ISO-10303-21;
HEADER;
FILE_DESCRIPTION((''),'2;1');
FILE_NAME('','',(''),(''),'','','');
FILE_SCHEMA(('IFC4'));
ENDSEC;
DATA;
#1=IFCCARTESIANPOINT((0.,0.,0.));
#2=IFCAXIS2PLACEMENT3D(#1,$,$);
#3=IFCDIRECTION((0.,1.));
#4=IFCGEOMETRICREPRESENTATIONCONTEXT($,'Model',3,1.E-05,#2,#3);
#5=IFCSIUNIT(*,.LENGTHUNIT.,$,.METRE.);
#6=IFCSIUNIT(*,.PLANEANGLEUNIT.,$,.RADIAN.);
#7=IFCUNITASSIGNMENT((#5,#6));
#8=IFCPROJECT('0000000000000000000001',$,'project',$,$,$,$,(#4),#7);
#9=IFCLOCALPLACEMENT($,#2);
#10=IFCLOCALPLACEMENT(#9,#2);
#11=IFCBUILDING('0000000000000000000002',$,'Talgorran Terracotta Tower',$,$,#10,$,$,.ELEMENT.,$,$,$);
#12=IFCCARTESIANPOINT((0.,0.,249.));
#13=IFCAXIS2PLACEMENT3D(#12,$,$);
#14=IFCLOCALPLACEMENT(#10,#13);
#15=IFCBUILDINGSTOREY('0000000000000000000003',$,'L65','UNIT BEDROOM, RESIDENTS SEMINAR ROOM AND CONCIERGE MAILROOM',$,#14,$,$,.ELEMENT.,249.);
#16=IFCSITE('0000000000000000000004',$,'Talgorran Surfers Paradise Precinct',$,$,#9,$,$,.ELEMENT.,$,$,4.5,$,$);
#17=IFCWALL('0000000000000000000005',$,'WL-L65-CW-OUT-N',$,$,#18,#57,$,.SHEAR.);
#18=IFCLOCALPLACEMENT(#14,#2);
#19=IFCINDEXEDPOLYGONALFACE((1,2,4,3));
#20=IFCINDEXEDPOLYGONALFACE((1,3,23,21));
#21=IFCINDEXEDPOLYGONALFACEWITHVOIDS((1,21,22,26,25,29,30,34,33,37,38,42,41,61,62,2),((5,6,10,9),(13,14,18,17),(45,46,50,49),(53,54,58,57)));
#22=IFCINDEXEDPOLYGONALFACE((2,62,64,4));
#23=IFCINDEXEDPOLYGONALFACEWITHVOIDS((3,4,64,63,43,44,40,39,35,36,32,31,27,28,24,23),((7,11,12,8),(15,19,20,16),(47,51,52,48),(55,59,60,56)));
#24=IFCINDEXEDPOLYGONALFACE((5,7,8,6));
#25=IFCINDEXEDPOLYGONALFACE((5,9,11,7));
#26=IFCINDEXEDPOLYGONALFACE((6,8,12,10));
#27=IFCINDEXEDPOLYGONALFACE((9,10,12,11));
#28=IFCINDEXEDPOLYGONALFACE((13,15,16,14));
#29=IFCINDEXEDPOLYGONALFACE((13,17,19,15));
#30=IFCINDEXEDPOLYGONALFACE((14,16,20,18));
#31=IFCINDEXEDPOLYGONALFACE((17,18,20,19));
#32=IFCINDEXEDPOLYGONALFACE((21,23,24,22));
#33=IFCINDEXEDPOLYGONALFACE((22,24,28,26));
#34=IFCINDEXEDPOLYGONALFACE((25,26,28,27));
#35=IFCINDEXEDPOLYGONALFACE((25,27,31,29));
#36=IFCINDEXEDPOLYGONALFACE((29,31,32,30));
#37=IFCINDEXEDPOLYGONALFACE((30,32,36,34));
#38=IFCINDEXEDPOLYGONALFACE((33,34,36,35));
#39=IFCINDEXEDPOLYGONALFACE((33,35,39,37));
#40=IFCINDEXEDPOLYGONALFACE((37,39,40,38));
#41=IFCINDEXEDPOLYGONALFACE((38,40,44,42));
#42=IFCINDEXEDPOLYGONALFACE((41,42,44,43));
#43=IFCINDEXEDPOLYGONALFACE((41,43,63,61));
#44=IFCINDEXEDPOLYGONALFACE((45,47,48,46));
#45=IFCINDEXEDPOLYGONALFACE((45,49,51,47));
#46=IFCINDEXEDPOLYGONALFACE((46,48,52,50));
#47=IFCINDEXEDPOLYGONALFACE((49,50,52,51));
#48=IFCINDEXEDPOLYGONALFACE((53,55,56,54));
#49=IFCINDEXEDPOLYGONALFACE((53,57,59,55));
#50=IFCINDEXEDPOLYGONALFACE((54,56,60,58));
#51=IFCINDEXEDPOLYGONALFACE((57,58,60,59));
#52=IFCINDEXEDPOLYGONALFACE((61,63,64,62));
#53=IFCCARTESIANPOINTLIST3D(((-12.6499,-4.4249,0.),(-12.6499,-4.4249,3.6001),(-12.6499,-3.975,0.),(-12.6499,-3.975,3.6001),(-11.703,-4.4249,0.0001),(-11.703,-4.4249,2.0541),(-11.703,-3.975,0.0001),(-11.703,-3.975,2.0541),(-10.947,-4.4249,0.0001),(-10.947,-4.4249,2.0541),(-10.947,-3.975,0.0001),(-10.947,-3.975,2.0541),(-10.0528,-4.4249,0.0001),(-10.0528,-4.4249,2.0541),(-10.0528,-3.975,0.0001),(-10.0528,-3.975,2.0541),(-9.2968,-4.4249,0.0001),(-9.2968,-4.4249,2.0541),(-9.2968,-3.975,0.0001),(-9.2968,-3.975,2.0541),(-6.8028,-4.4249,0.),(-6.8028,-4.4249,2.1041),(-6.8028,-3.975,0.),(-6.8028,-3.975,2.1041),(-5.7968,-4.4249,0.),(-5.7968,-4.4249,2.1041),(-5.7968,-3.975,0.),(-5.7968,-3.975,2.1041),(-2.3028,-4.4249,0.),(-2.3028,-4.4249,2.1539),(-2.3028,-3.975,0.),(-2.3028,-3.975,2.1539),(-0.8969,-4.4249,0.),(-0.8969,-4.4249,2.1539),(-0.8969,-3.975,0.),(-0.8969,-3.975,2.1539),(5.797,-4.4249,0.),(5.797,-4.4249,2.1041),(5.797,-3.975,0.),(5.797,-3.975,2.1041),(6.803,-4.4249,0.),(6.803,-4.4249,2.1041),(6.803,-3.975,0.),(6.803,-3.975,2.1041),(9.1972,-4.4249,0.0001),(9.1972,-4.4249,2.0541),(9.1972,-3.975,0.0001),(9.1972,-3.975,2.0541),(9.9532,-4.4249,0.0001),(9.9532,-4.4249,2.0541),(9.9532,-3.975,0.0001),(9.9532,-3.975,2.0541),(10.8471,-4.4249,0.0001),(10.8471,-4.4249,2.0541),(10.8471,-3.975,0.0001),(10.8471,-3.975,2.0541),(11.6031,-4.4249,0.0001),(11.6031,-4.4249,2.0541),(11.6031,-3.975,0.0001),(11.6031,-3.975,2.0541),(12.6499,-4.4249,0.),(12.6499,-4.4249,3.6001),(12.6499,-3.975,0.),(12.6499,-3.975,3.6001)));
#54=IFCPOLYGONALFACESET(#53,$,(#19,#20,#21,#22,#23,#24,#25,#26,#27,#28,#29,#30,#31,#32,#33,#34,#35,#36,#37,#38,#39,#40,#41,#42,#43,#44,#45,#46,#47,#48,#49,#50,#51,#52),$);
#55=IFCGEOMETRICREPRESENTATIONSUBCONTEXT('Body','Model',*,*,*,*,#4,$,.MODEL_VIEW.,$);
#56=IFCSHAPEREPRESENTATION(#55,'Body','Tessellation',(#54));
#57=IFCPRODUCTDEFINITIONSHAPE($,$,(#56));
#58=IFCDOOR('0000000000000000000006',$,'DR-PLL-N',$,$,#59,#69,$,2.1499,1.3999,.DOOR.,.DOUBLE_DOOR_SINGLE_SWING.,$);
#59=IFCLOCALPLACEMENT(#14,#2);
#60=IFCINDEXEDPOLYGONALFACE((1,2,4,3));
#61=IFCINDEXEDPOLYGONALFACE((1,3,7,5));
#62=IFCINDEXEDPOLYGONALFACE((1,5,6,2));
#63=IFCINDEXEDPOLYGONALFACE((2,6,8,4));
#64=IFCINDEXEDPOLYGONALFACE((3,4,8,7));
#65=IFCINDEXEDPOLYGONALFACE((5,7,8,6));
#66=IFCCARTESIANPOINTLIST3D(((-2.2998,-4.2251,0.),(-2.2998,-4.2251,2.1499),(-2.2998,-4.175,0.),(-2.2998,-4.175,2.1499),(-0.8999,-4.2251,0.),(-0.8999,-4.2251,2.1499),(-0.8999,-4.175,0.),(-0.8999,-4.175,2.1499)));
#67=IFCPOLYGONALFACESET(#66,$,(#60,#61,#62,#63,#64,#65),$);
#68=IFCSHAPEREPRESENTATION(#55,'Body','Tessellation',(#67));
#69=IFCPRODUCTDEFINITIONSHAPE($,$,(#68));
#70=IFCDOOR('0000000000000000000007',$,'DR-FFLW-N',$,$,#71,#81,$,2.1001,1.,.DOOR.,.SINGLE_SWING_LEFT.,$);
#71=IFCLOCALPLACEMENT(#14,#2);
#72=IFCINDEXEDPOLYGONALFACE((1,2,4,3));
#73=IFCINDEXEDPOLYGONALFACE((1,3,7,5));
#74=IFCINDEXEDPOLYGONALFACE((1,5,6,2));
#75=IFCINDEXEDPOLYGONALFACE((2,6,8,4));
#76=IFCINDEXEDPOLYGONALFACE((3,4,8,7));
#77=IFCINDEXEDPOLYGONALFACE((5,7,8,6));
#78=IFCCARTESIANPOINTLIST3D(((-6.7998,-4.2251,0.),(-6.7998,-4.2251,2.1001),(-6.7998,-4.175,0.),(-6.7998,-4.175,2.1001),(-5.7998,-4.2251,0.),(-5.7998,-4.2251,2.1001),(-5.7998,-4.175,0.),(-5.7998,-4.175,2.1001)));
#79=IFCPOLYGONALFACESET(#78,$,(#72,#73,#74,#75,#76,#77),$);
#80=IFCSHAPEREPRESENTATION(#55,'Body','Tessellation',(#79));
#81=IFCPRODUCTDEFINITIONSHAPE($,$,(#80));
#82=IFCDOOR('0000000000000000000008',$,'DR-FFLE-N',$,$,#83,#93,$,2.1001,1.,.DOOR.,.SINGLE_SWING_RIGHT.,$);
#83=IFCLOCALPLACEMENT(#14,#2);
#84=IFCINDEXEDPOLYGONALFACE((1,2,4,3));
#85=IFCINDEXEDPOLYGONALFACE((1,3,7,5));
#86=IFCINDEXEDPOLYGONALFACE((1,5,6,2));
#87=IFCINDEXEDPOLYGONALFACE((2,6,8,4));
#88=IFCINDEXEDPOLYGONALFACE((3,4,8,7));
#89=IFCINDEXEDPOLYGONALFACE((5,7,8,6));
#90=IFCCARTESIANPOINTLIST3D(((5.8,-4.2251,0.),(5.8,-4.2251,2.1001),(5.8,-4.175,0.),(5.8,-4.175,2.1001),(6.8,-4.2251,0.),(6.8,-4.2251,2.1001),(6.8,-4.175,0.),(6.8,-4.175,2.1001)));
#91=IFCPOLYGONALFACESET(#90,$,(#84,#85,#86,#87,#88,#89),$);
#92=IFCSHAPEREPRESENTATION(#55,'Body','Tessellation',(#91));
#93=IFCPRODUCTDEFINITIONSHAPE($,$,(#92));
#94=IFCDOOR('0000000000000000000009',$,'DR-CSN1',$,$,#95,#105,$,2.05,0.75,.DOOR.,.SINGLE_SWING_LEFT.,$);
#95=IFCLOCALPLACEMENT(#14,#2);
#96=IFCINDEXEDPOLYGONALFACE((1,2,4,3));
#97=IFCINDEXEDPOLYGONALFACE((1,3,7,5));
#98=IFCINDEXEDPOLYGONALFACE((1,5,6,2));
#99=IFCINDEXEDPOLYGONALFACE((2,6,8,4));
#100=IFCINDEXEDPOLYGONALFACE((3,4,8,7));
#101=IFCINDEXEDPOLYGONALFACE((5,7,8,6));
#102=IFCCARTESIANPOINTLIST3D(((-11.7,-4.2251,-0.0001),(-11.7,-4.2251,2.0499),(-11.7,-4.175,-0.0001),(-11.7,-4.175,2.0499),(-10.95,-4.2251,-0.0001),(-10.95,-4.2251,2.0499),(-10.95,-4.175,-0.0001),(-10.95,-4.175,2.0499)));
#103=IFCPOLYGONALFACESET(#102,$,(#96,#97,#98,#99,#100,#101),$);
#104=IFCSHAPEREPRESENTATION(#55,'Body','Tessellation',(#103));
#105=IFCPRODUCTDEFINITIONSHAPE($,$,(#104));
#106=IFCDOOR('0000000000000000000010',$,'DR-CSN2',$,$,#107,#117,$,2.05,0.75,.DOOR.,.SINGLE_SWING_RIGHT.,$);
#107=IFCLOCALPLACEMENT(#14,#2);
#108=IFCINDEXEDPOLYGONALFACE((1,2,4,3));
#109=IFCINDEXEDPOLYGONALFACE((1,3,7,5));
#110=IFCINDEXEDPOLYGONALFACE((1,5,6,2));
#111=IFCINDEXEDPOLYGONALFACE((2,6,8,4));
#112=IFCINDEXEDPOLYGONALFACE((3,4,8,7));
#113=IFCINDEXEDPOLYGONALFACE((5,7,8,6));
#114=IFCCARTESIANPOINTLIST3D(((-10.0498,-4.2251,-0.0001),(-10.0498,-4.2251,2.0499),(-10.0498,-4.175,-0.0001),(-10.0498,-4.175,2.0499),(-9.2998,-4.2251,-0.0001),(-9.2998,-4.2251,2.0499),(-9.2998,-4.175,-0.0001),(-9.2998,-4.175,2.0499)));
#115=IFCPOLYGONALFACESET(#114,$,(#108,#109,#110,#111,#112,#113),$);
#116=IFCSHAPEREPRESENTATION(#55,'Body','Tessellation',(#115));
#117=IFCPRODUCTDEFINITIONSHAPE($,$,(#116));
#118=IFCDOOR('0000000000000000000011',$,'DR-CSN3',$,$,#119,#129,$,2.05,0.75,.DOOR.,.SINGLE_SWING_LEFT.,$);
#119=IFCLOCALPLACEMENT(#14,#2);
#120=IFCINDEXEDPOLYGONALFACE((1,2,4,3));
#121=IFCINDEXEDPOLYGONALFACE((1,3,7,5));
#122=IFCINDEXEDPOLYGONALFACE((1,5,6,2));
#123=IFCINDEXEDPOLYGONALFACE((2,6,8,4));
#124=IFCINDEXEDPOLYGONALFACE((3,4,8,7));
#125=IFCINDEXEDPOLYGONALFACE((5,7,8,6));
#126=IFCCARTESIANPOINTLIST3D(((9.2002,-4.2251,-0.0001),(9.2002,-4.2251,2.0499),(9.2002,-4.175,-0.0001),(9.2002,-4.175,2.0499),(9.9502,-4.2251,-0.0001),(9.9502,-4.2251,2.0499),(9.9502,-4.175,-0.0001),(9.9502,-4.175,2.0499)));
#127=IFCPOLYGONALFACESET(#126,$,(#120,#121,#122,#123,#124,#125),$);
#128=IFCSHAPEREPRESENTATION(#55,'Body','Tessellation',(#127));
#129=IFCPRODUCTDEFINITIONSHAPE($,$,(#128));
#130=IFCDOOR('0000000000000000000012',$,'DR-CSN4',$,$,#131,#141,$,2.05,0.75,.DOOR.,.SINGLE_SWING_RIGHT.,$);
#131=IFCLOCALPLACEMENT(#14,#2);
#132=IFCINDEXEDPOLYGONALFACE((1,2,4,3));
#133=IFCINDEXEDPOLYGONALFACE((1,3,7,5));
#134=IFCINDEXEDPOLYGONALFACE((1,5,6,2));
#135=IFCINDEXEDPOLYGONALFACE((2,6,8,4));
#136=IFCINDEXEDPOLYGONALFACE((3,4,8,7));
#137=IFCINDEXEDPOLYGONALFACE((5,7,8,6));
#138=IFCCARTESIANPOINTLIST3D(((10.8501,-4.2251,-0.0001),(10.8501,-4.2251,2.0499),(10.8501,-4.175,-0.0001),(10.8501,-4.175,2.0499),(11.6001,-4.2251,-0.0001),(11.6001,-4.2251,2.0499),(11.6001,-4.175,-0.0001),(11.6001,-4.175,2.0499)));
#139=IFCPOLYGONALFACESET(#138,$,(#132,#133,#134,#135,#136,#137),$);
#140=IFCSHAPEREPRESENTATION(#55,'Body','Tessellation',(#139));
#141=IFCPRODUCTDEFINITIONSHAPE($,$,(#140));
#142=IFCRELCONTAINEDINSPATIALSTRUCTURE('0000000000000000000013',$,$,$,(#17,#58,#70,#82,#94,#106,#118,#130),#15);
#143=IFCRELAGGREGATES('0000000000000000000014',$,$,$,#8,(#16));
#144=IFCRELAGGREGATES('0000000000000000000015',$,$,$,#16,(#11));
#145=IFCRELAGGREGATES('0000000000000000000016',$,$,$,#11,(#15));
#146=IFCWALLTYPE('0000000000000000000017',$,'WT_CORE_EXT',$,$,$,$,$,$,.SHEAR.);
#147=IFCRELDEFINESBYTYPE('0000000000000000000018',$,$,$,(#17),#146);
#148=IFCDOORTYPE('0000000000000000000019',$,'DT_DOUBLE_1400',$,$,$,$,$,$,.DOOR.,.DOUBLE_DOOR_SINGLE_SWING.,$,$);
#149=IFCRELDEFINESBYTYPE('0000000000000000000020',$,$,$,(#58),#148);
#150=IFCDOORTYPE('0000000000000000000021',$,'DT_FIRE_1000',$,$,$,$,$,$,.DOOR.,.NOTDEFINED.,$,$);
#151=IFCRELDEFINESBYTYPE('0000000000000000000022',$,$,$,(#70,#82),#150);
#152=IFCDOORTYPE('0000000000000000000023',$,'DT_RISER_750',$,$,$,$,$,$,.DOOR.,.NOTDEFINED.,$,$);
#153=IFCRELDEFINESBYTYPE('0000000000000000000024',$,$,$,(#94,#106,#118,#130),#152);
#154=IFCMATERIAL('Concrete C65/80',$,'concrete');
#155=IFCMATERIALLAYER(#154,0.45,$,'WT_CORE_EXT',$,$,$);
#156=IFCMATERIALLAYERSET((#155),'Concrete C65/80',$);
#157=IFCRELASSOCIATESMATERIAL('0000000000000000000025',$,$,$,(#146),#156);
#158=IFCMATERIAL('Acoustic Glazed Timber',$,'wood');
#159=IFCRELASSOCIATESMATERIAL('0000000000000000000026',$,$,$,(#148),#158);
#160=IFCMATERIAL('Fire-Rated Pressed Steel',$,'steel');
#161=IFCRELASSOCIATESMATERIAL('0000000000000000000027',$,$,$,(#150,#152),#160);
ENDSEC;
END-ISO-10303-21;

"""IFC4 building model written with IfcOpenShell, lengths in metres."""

from ifc_helpers import new_model, si_unit, direction, frame, frame_2d, origin, place, context, subcontext, project, spatial, rectangle, extrude, material, layer, layer_set, type_object, element, fill, save


model = new_model("IFC4")

# Units and contexts
model_context = context("Model", 3, precision=1e-05, world=origin(), true_north=direction((0.0, 1.0)))
body_context = subcontext(model_context, "Body", "Model", "MODEL_VIEW")
ifc_project = project(units=[si_unit("LENGTHUNIT", "METRE"), si_unit("PLANEANGLEUNIT", "RADIAN")], contexts=[model_context])

# Site, building, storey
site_placement = place(None, origin())
site = spatial("IfcSite", under=ifc_project, at=site_placement, Name="Talgorran Surfers Paradise Precinct", CompositionType="ELEMENT", RefElevation=4.5)
building_placement = place(site_placement, origin())
building = spatial("IfcBuilding", under=site, at=building_placement, Name="Talgorran Terracotta Tower", CompositionType="ELEMENT")
storey_placement = place(building_placement, frame((0.0, 0.0, 249.0)))
storey = spatial("IfcBuildingStorey", under=building, at=storey_placement, Name="L65", Description="UNIT BEDROOM, RESIDENTS SEMINAR ROOM AND CONCIERGE MAILROOM", CompositionType="ELEMENT", Elevation=249.0)

# Wall, openings, doors
ifc_material_1 = material(Name="Concrete C65/80", Category="concrete")
ifc_layer_1 = layer(ifc_material_1, 0.45, Name="WT_CORE_EXT")
ifc_layer_set_1 = layer_set([ifc_layer_1], Name="Concrete C65/80")
wall_type_1 = type_object("IfcWallType", Name="WT_CORE_EXT", PredefinedType="SHEAR", material=ifc_layer_set_1)
wall_1_placement = place(storey_placement, frame((-12.6499, -4.2, 0.0), z_axis=(0.0, 0.0, 1.0), x_axis=(1.0, 0.0, 0.0)))
wall_1 = element("IfcWall", 1, at=wall_1_placement, inside=storey, type_object=wall_type_1, Name="WL-L65-CW-OUT-N", PredefinedType="SHEAR", context=body_context, shape_type="SweptSolid", body=[
    extrude(rectangle(XDim=25.2998, YDim=0.45, at=frame_2d((12.6499, 0.0))), origin(), (0.0, 0.0, 1.0), 3.6001),
])
opening_1_placement = place(wall_1_placement, frame((0.95, 0.0, 0.0)))
opening_1 = element("IfcOpeningElement", 2, at=opening_1_placement, cuts=wall_1, PredefinedType="OPENING", context=body_context, shape_type="SweptSolid", body=[
    extrude(rectangle(XDim=0.756, YDim=2.054, at=frame_2d((0.375, 1.0271))), frame((0.0, 0.2349, 0.0), z_axis=(0.0, -1.0, 0.0), x_axis=(1.0, 0.0, 0.0)), (0.0, 0.0, 1.0), 0.47),
])
opening_2_placement = place(wall_1_placement, frame((2.6001, 0.0, 0.0)))
opening_2 = element("IfcOpeningElement", 3, at=opening_2_placement, cuts=wall_1, PredefinedType="OPENING", context=body_context, shape_type="SweptSolid", body=[
    extrude(rectangle(XDim=0.756, YDim=2.054, at=frame_2d((0.375, 1.0271))), frame((0.0, 0.2349, 0.0), z_axis=(0.0, -1.0, 0.0), x_axis=(1.0, 0.0, 0.0)), (0.0, 0.0, 1.0), 0.47),
])
opening_3_placement = place(wall_1_placement, frame((21.8501, 0.0, 0.0)))
opening_3 = element("IfcOpeningElement", 4, at=opening_3_placement, cuts=wall_1, PredefinedType="OPENING", context=body_context, shape_type="SweptSolid", body=[
    extrude(rectangle(XDim=0.756, YDim=2.054, at=frame_2d((0.375, 1.0271))), frame((0.0, 0.2349, 0.0), z_axis=(0.0, -1.0, 0.0), x_axis=(1.0, 0.0, 0.0)), (0.0, 0.0, 1.0), 0.47),
])
opening_4_placement = place(wall_1_placement, frame((23.5, 0.0, 0.0)))
opening_4 = element("IfcOpeningElement", 5, at=opening_4_placement, cuts=wall_1, PredefinedType="OPENING", context=body_context, shape_type="SweptSolid", body=[
    extrude(rectangle(XDim=0.756, YDim=2.054, at=frame_2d((0.375, 1.0271))), frame((0.0, 0.2349, 0.0), z_axis=(0.0, -1.0, 0.0), x_axis=(1.0, 0.0, 0.0)), (0.0, 0.0, 1.0), 0.47),
])
opening_5_placement = place(wall_1_placement, frame((5.8501, 0.0, 0.0)))
opening_5 = element("IfcOpeningElement", 6, at=opening_5_placement, cuts=wall_1, PredefinedType="OPENING", context=body_context, shape_type="SweptSolid", body=[
    extrude(rectangle(XDim=1.006, YDim=2.1041, at=frame_2d((0.5, 1.052))), frame((0.0, 0.2349, 0.0), z_axis=(0.0, -1.0, 0.0), x_axis=(1.0, 0.0, 0.0)), (0.0, 0.0, 1.0), 0.47),
])
opening_6_placement = place(wall_1_placement, frame((10.3501, 0.0, 0.0)))
opening_6 = element("IfcOpeningElement", 7, at=opening_6_placement, cuts=wall_1, PredefinedType="OPENING", context=body_context, shape_type="SweptSolid", body=[
    extrude(rectangle(XDim=1.4059, YDim=2.1539, at=frame_2d((0.7, 1.0769))), frame((0.0, 0.2349, 0.0), z_axis=(0.0, -1.0, 0.0), x_axis=(1.0, 0.0, 0.0)), (0.0, 0.0, 1.0), 0.47),
])
opening_7_placement = place(wall_1_placement, frame((18.45, 0.0, 0.0)))
opening_7 = element("IfcOpeningElement", 8, at=opening_7_placement, cuts=wall_1, PredefinedType="OPENING", context=body_context, shape_type="SweptSolid", body=[
    extrude(rectangle(XDim=1.006, YDim=2.1041, at=frame_2d((0.5, 1.052))), frame((0.0, 0.2349, 0.0), z_axis=(0.0, -1.0, 0.0), x_axis=(1.0, 0.0, 0.0)), (0.0, 0.0, 1.0), 0.47),
])
ifc_material_2 = material(Name="Acoustic Glazed Timber", Category="wood")
door_type_1 = type_object("IfcDoorType", Name="DT_DOUBLE_1400", OperationType="DOUBLE_DOOR_SINGLE_SWING", PredefinedType="DOOR", material=ifc_material_2)
door_1_placement = place(opening_6_placement, origin())
door_1 = element("IfcDoor", 9, at=door_1_placement, inside=storey, type_object=door_type_1, Name="DR-PLL-N", OperationType="DOUBLE_DOOR_SINGLE_SWING", OverallHeight=2.1499, OverallWidth=1.3999, PredefinedType="DOOR", context=body_context, shape_type="SweptSolid", body=[
    extrude(rectangle(XDim=1.3999, YDim=2.1499, at=frame_2d((0.7, 1.075))), frame((0.0, 0.0249, 0.0), z_axis=(0.0, -1.0, 0.0), x_axis=(1.0, 0.0, 0.0)), (0.0, 0.0, 1.0), 0.05),
])
fill(opening_6, door_1)
ifc_material_3 = material(Name="Fire-Rated Pressed Steel", Category="steel")
door_type_2 = type_object("IfcDoorType", Name="DT_FIRE_1000", OperationType="NOTDEFINED", PredefinedType="DOOR", material=ifc_material_3)
door_2_placement = place(opening_5_placement, origin())
door_2 = element("IfcDoor", 10, at=door_2_placement, inside=storey, type_object=door_type_2, Name="DR-FFLW-N", OperationType="SINGLE_SWING_LEFT", OverallHeight=2.1001, OverallWidth=1.0, PredefinedType="DOOR", context=body_context, shape_type="SweptSolid", body=[
    extrude(rectangle(XDim=1.0, YDim=2.1001, at=frame_2d((0.5, 1.05))), frame((0.0, 0.0249, 0.0), z_axis=(0.0, -1.0, 0.0), x_axis=(1.0, 0.0, 0.0)), (0.0, 0.0, 1.0), 0.05),
])
fill(opening_5, door_2)
door_3_placement = place(opening_7_placement, origin())
door_3 = element("IfcDoor", 11, at=door_3_placement, inside=storey, type_object=door_type_2, Name="DR-FFLE-N", OperationType="SINGLE_SWING_RIGHT", OverallHeight=2.1001, OverallWidth=1.0, PredefinedType="DOOR", context=body_context, shape_type="SweptSolid", body=[
    extrude(rectangle(XDim=1.0, YDim=2.1001, at=frame_2d((0.5, 1.05))), frame((0.0, 0.0249, 0.0), z_axis=(0.0, -1.0, 0.0), x_axis=(1.0, 0.0, 0.0)), (0.0, 0.0, 1.0), 0.05),
])
fill(opening_7, door_3)
door_type_3 = type_object("IfcDoorType", Name="DT_RISER_750", OperationType="NOTDEFINED", PredefinedType="DOOR", material=ifc_material_3)
door_4_placement = place(opening_1_placement, origin())
door_4 = element("IfcDoor", 12, at=door_4_placement, inside=storey, type_object=door_type_3, Name="DR-CSN1", OperationType="SINGLE_SWING_LEFT", OverallHeight=2.05, OverallWidth=0.75, PredefinedType="DOOR", context=body_context, shape_type="SweptSolid", body=[
    extrude(rectangle(XDim=0.75, YDim=2.05, at=frame_2d((0.375, 1.0249))), frame((0.0, 0.0249, 0.0), z_axis=(0.0, -1.0, 0.0), x_axis=(1.0, 0.0, 0.0)), (0.0, 0.0, 1.0), 0.05),
])
fill(opening_1, door_4)
door_5_placement = place(opening_2_placement, origin())
door_5 = element("IfcDoor", 13, at=door_5_placement, inside=storey, type_object=door_type_3, Name="DR-CSN2", OperationType="SINGLE_SWING_RIGHT", OverallHeight=2.05, OverallWidth=0.75, PredefinedType="DOOR", context=body_context, shape_type="SweptSolid", body=[
    extrude(rectangle(XDim=0.75, YDim=2.05, at=frame_2d((0.375, 1.0249))), frame((0.0, 0.0249, 0.0), z_axis=(0.0, -1.0, 0.0), x_axis=(1.0, 0.0, 0.0)), (0.0, 0.0, 1.0), 0.05),
])
fill(opening_2, door_5)
door_6_placement = place(opening_3_placement, origin())
door_6 = element("IfcDoor", 14, at=door_6_placement, inside=storey, type_object=door_type_3, Name="DR-CSN3", OperationType="SINGLE_SWING_LEFT", OverallHeight=2.05, OverallWidth=0.75, PredefinedType="DOOR", context=body_context, shape_type="SweptSolid", body=[
    extrude(rectangle(XDim=0.75, YDim=2.05, at=frame_2d((0.375, 1.0249))), frame((0.0, 0.0249, 0.0), z_axis=(0.0, -1.0, 0.0), x_axis=(1.0, 0.0, 0.0)), (0.0, 0.0, 1.0), 0.05),
])
fill(opening_3, door_6)
door_7_placement = place(opening_4_placement, origin())
door_7 = element("IfcDoor", 15, at=door_7_placement, inside=storey, type_object=door_type_3, Name="DR-CSN4", OperationType="SINGLE_SWING_RIGHT", OverallHeight=2.05, OverallWidth=0.75, PredefinedType="DOOR", context=body_context, shape_type="SweptSolid", body=[
    extrude(rectangle(XDim=0.75, YDim=2.05, at=frame_2d((0.375, 1.0249))), frame((0.0, 0.0249, 0.0), z_axis=(0.0, -1.0, 0.0), x_axis=(1.0, 0.0, 0.0)), (0.0, 0.0, 1.0), 0.05),
])
fill(opening_4, door_7)

save(model, "model.ifc")
